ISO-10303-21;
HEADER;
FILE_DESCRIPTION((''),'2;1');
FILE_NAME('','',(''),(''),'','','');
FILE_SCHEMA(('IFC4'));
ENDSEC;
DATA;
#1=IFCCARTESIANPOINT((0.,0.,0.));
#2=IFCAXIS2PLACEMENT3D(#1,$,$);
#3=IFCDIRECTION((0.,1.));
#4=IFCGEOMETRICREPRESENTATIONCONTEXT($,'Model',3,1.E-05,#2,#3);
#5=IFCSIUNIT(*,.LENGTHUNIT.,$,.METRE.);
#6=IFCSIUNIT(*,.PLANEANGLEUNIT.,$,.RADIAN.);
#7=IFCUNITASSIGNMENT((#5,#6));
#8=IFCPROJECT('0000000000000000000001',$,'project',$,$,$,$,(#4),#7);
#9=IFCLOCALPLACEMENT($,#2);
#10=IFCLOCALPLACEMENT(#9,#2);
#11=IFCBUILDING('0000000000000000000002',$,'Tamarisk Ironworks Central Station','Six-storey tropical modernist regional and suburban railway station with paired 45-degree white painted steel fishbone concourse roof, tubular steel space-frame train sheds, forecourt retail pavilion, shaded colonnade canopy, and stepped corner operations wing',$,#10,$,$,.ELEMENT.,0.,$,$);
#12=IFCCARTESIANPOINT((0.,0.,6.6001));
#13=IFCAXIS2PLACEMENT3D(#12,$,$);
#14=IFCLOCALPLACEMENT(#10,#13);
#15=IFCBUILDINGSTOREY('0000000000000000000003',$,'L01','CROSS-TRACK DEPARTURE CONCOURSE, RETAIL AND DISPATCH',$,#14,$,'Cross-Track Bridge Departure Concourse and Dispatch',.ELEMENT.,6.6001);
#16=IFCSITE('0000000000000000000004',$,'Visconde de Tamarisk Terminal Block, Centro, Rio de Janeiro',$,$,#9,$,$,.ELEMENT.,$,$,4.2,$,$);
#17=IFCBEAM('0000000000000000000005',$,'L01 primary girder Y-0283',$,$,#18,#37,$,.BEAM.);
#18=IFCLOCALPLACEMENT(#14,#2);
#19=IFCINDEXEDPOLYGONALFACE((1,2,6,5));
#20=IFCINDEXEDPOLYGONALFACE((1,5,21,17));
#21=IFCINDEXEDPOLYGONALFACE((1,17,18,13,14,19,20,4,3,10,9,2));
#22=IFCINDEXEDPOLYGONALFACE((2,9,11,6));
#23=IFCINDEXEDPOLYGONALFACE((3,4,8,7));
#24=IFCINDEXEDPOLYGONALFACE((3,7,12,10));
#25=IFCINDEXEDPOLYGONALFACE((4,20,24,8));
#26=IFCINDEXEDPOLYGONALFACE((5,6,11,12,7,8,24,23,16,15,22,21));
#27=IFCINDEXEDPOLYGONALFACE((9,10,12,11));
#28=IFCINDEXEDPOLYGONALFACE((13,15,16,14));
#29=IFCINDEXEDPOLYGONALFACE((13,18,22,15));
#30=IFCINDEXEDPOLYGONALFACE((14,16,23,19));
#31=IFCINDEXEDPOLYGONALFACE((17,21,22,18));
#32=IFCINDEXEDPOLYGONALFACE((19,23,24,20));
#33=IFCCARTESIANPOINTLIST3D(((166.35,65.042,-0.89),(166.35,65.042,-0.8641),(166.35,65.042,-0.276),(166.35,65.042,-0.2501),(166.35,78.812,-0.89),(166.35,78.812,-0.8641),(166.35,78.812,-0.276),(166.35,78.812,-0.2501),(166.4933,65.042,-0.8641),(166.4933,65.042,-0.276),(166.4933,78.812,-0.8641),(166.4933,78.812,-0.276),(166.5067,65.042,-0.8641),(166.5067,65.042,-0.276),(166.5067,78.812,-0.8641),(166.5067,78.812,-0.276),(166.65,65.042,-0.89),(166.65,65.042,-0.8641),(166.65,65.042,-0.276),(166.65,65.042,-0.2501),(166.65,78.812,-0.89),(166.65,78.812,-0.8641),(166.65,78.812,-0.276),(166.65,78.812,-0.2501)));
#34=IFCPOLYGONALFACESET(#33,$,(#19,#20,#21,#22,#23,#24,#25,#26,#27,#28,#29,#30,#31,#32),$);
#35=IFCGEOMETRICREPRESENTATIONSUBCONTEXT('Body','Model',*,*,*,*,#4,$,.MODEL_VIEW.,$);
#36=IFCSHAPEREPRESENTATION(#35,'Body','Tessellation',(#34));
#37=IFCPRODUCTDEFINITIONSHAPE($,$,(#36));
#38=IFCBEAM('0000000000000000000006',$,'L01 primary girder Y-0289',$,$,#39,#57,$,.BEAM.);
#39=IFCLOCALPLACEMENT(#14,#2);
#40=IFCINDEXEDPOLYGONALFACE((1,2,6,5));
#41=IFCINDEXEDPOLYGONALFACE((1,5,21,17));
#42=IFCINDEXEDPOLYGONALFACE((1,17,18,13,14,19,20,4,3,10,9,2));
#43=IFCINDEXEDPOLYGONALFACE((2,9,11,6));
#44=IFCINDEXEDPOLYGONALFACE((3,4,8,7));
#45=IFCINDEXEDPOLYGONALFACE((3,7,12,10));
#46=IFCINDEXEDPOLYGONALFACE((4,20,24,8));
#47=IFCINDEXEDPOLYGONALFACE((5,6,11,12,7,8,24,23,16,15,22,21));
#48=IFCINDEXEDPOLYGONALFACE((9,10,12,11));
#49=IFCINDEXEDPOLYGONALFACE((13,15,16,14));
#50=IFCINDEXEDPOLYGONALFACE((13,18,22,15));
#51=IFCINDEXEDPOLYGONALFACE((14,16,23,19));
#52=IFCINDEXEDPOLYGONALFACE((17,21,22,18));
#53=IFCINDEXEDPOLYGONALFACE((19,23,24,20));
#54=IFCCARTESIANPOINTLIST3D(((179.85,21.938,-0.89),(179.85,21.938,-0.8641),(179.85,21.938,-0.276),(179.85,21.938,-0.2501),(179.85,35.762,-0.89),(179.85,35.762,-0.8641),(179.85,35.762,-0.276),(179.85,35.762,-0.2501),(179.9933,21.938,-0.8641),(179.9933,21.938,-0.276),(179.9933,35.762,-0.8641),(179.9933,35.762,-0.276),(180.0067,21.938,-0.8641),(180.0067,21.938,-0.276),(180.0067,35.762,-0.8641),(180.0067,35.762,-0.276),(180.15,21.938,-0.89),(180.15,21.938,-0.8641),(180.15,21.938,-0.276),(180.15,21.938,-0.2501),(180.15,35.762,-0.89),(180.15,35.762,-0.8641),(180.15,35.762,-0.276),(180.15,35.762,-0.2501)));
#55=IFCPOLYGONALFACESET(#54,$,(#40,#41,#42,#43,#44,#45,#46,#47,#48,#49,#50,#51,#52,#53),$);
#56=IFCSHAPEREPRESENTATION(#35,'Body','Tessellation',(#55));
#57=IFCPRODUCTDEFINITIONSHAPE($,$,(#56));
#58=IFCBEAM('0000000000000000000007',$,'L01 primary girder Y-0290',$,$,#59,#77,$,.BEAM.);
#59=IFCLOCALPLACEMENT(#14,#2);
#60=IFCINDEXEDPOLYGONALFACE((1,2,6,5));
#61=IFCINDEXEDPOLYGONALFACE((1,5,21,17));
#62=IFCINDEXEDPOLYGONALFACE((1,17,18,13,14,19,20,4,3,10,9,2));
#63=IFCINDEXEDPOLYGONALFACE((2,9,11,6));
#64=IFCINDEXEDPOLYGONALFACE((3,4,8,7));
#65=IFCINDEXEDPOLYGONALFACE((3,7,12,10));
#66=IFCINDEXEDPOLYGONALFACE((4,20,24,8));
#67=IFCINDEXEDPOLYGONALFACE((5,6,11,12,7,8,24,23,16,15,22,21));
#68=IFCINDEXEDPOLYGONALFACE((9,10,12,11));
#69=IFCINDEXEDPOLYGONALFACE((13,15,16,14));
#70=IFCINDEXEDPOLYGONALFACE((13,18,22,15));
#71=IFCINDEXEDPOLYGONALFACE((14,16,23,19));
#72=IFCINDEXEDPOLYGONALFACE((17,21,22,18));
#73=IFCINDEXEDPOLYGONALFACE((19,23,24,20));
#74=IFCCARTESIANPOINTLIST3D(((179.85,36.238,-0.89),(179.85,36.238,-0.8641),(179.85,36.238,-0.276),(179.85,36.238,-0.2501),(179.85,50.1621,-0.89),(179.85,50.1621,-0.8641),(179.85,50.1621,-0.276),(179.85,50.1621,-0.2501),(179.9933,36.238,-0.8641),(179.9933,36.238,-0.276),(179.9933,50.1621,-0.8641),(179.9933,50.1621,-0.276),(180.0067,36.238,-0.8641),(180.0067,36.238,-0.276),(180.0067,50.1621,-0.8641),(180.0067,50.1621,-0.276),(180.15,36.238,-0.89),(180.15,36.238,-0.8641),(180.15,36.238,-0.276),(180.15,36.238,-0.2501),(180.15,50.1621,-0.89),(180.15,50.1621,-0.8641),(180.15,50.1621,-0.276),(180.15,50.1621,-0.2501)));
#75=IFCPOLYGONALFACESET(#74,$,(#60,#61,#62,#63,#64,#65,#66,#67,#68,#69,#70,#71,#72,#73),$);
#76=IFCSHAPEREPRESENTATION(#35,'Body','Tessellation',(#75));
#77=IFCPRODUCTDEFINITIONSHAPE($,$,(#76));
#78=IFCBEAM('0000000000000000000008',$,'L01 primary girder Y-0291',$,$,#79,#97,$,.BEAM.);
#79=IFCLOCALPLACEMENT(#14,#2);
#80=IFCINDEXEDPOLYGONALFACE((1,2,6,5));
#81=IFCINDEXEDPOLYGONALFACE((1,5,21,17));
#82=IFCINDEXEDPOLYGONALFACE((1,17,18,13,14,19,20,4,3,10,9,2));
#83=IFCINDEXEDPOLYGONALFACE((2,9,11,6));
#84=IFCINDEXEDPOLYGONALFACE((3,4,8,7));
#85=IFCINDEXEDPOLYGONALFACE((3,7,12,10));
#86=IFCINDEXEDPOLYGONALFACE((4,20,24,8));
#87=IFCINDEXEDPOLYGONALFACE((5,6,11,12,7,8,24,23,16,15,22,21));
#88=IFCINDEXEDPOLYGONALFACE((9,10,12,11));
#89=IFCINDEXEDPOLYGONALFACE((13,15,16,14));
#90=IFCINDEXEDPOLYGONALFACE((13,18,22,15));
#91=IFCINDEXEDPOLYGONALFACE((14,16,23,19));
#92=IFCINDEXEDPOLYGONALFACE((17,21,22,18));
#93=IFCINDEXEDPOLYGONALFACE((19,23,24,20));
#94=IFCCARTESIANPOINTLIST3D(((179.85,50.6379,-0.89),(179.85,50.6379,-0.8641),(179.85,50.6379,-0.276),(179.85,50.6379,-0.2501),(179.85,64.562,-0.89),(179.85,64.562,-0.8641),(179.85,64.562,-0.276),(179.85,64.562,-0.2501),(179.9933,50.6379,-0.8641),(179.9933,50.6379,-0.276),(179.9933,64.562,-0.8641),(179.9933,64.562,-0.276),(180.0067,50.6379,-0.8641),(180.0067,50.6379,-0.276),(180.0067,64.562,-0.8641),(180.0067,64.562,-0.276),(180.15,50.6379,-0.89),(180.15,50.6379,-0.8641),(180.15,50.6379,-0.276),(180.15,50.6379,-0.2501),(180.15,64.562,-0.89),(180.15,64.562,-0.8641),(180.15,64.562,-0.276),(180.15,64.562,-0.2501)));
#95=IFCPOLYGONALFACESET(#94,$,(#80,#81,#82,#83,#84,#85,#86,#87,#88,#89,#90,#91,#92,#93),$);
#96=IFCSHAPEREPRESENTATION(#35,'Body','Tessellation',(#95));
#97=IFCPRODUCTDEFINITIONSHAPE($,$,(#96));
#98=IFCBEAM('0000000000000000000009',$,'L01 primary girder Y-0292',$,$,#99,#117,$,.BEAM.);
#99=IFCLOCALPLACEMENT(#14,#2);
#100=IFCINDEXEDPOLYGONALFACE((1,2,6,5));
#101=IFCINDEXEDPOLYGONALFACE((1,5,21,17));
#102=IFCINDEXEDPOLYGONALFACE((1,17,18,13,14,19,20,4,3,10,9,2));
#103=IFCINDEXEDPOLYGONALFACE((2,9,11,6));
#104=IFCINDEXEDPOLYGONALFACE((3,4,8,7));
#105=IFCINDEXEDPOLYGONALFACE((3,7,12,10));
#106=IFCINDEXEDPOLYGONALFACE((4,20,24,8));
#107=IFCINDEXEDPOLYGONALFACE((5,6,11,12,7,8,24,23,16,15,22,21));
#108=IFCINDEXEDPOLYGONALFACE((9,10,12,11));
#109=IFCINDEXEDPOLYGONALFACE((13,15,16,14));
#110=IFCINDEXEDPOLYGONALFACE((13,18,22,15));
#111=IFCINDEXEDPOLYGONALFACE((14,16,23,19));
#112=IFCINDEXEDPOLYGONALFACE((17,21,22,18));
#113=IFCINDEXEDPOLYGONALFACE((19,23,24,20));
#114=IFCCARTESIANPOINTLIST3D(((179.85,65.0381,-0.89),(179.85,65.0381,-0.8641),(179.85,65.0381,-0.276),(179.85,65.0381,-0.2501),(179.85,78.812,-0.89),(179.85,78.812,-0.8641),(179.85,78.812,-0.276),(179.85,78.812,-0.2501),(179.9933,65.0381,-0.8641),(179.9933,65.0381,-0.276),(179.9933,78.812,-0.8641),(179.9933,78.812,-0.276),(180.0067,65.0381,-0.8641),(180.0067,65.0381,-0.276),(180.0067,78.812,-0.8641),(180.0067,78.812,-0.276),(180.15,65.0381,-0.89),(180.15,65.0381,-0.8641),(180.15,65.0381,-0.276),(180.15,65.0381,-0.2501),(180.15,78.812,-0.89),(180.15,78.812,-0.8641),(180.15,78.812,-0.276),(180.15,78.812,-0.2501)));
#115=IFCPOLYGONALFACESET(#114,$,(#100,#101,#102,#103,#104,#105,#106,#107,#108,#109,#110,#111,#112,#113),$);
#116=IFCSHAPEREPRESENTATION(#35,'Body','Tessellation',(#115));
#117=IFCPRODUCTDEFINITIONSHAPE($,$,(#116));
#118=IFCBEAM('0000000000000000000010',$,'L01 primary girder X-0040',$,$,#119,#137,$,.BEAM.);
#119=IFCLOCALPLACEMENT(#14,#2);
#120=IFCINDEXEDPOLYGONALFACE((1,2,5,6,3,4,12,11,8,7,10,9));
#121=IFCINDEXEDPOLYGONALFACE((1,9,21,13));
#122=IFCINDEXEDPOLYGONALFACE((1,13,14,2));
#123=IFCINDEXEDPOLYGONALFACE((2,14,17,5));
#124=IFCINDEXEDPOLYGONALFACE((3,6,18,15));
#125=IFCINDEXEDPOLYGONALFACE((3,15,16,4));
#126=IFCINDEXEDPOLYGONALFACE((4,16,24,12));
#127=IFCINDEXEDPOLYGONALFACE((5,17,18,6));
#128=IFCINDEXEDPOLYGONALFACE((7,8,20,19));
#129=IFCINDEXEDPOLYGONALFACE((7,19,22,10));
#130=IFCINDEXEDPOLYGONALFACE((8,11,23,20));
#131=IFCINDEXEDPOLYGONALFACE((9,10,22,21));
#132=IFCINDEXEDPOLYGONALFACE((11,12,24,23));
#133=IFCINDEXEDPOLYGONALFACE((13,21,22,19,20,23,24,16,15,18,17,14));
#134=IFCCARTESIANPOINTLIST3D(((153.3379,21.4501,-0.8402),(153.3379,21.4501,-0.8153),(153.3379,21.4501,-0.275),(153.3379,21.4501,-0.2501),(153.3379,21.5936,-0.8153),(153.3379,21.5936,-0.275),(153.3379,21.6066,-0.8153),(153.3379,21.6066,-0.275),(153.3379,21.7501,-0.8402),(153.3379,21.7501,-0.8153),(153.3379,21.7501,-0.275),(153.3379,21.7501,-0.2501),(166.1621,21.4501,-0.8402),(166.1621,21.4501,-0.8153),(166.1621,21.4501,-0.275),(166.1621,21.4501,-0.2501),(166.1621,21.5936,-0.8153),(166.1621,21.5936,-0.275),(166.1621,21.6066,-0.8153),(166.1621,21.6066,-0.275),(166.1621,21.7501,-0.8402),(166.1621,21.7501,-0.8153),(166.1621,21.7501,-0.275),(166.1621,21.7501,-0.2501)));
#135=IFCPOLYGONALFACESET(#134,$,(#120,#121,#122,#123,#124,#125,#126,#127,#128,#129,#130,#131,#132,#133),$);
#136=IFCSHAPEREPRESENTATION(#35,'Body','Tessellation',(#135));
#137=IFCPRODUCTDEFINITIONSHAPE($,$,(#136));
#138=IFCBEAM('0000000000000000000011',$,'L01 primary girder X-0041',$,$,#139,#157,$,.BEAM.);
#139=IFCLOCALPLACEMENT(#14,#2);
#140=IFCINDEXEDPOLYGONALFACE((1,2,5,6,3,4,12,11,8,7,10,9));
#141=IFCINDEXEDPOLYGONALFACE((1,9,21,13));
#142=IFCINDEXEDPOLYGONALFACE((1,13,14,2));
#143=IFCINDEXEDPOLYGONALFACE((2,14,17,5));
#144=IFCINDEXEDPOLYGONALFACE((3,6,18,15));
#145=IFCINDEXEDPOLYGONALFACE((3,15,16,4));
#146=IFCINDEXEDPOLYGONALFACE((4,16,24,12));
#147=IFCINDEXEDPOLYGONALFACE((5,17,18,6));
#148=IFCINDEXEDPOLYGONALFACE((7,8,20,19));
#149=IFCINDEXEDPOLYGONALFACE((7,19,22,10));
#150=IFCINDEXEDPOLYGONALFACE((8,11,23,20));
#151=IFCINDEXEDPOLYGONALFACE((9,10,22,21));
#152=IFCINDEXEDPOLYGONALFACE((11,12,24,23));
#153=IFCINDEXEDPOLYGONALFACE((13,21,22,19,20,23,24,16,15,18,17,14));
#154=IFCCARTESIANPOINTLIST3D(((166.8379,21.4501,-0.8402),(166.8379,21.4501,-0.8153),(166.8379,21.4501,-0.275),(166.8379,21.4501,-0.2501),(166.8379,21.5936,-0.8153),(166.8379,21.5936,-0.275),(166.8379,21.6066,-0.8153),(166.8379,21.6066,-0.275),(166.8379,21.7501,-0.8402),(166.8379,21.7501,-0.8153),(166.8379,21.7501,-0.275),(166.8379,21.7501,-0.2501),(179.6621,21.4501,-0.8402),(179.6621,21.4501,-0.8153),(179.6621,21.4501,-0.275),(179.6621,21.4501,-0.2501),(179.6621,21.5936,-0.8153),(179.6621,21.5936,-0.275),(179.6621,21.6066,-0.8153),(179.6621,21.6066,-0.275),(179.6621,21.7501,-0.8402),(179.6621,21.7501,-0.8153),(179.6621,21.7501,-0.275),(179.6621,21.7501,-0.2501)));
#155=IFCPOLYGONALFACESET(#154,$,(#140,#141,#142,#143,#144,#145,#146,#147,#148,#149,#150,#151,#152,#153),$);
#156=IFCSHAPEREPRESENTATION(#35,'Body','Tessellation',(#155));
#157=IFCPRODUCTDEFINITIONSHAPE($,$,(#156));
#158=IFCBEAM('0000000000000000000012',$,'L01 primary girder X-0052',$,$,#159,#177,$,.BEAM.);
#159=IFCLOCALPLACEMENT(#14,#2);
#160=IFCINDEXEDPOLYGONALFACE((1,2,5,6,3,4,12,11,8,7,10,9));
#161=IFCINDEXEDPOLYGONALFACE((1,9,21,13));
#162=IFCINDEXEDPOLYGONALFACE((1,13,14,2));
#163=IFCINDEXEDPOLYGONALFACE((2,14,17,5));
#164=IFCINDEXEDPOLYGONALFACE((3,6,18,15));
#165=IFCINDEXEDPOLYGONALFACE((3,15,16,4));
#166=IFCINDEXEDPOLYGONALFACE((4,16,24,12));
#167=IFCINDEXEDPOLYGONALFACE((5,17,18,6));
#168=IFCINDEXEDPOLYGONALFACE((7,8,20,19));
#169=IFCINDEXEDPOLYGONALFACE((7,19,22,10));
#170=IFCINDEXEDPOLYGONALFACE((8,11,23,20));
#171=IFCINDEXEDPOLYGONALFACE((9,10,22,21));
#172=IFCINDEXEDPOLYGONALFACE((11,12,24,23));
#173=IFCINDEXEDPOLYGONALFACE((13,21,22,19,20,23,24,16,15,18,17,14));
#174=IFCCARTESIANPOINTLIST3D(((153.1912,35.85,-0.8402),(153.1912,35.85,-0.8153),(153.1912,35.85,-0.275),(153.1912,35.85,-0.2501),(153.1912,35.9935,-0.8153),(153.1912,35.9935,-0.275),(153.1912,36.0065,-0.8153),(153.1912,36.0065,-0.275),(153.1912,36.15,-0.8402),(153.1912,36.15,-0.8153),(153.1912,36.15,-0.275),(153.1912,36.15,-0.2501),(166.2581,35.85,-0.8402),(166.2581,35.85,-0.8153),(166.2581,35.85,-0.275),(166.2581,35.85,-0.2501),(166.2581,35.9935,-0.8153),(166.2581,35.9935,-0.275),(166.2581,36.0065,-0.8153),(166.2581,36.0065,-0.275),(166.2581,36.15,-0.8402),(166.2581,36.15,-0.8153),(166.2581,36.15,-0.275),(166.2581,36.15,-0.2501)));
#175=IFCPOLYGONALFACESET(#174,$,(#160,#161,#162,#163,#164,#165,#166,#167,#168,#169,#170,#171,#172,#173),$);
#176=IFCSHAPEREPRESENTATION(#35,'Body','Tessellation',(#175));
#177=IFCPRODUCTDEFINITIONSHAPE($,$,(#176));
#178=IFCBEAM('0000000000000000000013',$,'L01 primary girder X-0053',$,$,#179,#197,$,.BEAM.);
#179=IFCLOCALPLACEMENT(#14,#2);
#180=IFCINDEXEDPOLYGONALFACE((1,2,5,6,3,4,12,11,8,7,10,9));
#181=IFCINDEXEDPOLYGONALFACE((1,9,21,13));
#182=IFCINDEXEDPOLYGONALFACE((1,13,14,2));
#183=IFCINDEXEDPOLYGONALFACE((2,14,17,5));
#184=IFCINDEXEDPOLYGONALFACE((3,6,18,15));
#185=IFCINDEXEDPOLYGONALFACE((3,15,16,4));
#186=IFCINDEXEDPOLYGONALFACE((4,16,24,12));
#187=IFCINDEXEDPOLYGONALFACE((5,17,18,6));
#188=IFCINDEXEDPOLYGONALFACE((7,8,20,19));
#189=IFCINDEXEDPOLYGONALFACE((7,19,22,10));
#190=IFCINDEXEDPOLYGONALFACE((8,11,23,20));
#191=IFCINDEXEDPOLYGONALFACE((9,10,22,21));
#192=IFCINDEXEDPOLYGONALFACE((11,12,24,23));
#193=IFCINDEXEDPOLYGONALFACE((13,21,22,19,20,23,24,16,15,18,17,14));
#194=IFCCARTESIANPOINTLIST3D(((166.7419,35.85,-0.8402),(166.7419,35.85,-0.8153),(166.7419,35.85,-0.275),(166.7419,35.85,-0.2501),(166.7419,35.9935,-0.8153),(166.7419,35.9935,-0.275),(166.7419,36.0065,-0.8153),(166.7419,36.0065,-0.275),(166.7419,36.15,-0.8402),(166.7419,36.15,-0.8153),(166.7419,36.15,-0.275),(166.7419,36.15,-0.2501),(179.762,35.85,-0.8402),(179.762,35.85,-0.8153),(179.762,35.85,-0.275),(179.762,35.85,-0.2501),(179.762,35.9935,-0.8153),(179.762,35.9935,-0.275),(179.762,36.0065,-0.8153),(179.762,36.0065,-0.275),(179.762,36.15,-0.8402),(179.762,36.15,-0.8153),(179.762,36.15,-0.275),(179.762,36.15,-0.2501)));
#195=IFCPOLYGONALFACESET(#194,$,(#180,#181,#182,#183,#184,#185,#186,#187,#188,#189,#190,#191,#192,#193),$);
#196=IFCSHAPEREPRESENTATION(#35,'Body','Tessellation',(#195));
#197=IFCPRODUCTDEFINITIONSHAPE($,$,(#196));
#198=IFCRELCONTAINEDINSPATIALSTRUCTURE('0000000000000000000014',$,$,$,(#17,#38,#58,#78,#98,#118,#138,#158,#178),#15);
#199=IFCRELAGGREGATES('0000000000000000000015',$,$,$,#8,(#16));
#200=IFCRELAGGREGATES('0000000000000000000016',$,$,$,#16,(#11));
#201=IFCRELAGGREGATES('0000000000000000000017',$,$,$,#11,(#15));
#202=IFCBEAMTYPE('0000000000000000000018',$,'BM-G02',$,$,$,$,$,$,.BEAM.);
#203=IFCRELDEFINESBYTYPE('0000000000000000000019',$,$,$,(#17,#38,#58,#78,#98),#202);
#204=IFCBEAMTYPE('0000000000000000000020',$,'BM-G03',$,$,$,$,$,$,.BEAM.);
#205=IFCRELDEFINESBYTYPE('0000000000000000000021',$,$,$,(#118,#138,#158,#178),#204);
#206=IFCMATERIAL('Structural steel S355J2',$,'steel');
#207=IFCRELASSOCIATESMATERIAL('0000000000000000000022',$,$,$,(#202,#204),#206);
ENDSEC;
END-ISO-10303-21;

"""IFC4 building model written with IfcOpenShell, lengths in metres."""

from ifc_helpers import new_model, si_unit, direction, frame, origin, origin_2d, place, context, subcontext, project, spatial, i_section, extrude, material, material_profile, profile_set, type_object, element, save


model = new_model("IFC4")

# Units and contexts
model_context = context("Model", 3, precision=1e-05, world=origin(), true_north=direction((0.0, 1.0)))
body_context = subcontext(model_context, "Body", "Model", "MODEL_VIEW")
ifc_project = project(units=[si_unit("LENGTHUNIT", "METRE"), si_unit("PLANEANGLEUNIT", "RADIAN")], contexts=[model_context])

# Site, building, storey
site_placement = place(None, origin())
site = spatial("IfcSite", under=ifc_project, at=site_placement, Name="Visconde de Tamarisk Terminal Block, Centro, Rio de Janeiro", CompositionType="ELEMENT", RefElevation=4.2)
building_placement = place(site_placement, origin())
building = spatial("IfcBuilding", under=site, at=building_placement, Name="Tamarisk Ironworks Central Station", Description="Six-storey tropical modernist regional and suburban railway station with paired 45-degree white painted steel fishbone concourse roof, tubular steel space-frame train sheds, forecourt retail pavilion, shaded colonnade canopy, and stepped corner operations wing", CompositionType="ELEMENT", ElevationOfRefHeight=0.0)
storey_placement = place(building_placement, frame((0.0, 0.0, 6.6001)))
storey = spatial("IfcBuildingStorey", under=building, at=storey_placement, Name="L01", Description="CROSS-TRACK DEPARTURE CONCOURSE, RETAIL AND DISPATCH", LongName="Cross-Track Bridge Departure Concourse and Dispatch", CompositionType="ELEMENT", Elevation=6.6001)

# Shared definitions
ifc_material_1 = material(Name="Structural steel S355J2", Category="steel")

# Beams
ifc_material_profile_1 = material_profile(ifc_material_1, i_section(OverallWidth=0.3, OverallDepth=0.6399, WebThickness=0.0134, FlangeThickness=0.0259, at=origin_2d()), Name="HEA 650")
ifc_profile_set_1 = profile_set([ifc_material_profile_1], Name="Structural steel S355J2")
beam_type_1 = type_object("IfcBeamType", Name="BM-G02", PredefinedType="BEAM", material=ifc_profile_set_1)
beam_1_placement = place(storey_placement, frame((166.5, 65.042, -0.5701), z_axis=(0.0, 1.0, 0.0), x_axis=(-1.0, 0.0, 0.0)))
element("IfcBeam", 1, at=beam_1_placement, inside=storey, type_object=beam_type_1, Name="L01 primary girder Y-0283", PredefinedType="BEAM", context=body_context, shape_type="SweptSolid", body=[
    extrude(i_section(OverallWidth=0.3, OverallDepth=0.6399, WebThickness=0.0134, FlangeThickness=0.0259, at=origin_2d()), origin(), (0.0, 0.0, 1.0), 13.77),
])
beam_2_placement = place(storey_placement, frame((180.0, 21.938, -0.5701), z_axis=(0.0, 1.0, 0.0), x_axis=(-1.0, 0.0, 0.0)))
element("IfcBeam", 2, at=beam_2_placement, inside=storey, type_object=beam_type_1, Name="L01 primary girder Y-0289", PredefinedType="BEAM", context=body_context, shape_type="SweptSolid", body=[
    extrude(i_section(OverallWidth=0.3, OverallDepth=0.6399, WebThickness=0.0134, FlangeThickness=0.0259, at=origin_2d()), origin(), (0.0, 0.0, 1.0), 13.824),
])
for number, where, z_axis, x_axis, name in (
    (3, (180.0, 36.238, -0.5701), (0.0, 1.0, 0.0), (-1.0, 0.0, 0.0), "L01 primary girder Y-0290"),
    (4, (180.0, 50.6379, -0.5701), (0.0, 1.0, 0.0), (-1.0, 0.0, 0.0), "L01 primary girder Y-0291"),
):
    element("IfcBeam", number, at=place(storey_placement, frame(where, z_axis=z_axis, x_axis=x_axis)), inside=storey, type_object=beam_type_1, Name=name, PredefinedType="BEAM", context=body_context, shape_type="SweptSolid", body=[
        extrude(i_section(OverallWidth=0.3, OverallDepth=0.6399, WebThickness=0.0134, FlangeThickness=0.0259, at=origin_2d()), origin(), (0.0, 0.0, 1.0), 13.9241),
    ])
beam_3_placement = place(storey_placement, frame((180.0, 65.0381, -0.5701), z_axis=(0.0, 1.0, 0.0), x_axis=(-1.0, 0.0, 0.0)))
element("IfcBeam", 5, at=beam_3_placement, inside=storey, type_object=beam_type_1, Name="L01 primary girder Y-0292", PredefinedType="BEAM", context=body_context, shape_type="SweptSolid", body=[
    extrude(i_section(OverallWidth=0.3, OverallDepth=0.6399, WebThickness=0.0134, FlangeThickness=0.0259, at=origin_2d()), origin(), (0.0, 0.0, 1.0), 13.7739),
])
ifc_material_profile_2 = material_profile(ifc_material_1, i_section(OverallWidth=0.3, OverallDepth=0.5901, WebThickness=0.0129, FlangeThickness=0.0249, at=origin_2d()), Name="HEA 600")
ifc_profile_set_2 = profile_set([ifc_material_profile_2], Name="Structural steel S355J2")
beam_type_2 = type_object("IfcBeamType", Name="BM-G03", PredefinedType="BEAM", material=ifc_profile_set_2)
for number, where, z_axis, x_axis, name in (
    (6, (153.3379, 21.6001, -0.5452), (1.0, 0.0, 0.0), (0.0, 1.0, 0.0), "L01 primary girder X-0040"),
    (7, (166.8379, 21.6001, -0.5452), (1.0, 0.0, 0.0), (0.0, 1.0, 0.0), "L01 primary girder X-0041"),
):
    element("IfcBeam", number, at=place(storey_placement, frame(where, z_axis=z_axis, x_axis=x_axis)), inside=storey, type_object=beam_type_2, Name=name, PredefinedType="BEAM", context=body_context, shape_type="SweptSolid", body=[
        extrude(i_section(OverallWidth=0.3, OverallDepth=0.5901, WebThickness=0.0129, FlangeThickness=0.0249, at=origin_2d()), origin(), (0.0, 0.0, 1.0), 12.8242),
    ])
beam_4_placement = place(storey_placement, frame((153.1912, 36.0, -0.5452), z_axis=(1.0, 0.0, 0.0), x_axis=(0.0, 1.0, 0.0)))
element("IfcBeam", 8, at=beam_4_placement, inside=storey, type_object=beam_type_2, Name="L01 primary girder X-0052", PredefinedType="BEAM", context=body_context, shape_type="SweptSolid", body=[
    extrude(i_section(OverallWidth=0.3, OverallDepth=0.5901, WebThickness=0.0129, FlangeThickness=0.0249, at=origin_2d()), origin(), (0.0, 0.0, 1.0), 13.0669),
])
beam_5_placement = place(storey_placement, frame((166.7419, 36.0, -0.5452), z_axis=(1.0, 0.0, 0.0), x_axis=(0.0, 1.0, 0.0)))
element("IfcBeam", 9, at=beam_5_placement, inside=storey, type_object=beam_type_2, Name="L01 primary girder X-0053", PredefinedType="BEAM", context=body_context, shape_type="SweptSolid", body=[
    extrude(i_section(OverallWidth=0.3, OverallDepth=0.5901, WebThickness=0.0129, FlangeThickness=0.0249, at=origin_2d()), origin(), (0.0, 0.0, 1.0), 13.02),
])

save(model, "model.ifc")
